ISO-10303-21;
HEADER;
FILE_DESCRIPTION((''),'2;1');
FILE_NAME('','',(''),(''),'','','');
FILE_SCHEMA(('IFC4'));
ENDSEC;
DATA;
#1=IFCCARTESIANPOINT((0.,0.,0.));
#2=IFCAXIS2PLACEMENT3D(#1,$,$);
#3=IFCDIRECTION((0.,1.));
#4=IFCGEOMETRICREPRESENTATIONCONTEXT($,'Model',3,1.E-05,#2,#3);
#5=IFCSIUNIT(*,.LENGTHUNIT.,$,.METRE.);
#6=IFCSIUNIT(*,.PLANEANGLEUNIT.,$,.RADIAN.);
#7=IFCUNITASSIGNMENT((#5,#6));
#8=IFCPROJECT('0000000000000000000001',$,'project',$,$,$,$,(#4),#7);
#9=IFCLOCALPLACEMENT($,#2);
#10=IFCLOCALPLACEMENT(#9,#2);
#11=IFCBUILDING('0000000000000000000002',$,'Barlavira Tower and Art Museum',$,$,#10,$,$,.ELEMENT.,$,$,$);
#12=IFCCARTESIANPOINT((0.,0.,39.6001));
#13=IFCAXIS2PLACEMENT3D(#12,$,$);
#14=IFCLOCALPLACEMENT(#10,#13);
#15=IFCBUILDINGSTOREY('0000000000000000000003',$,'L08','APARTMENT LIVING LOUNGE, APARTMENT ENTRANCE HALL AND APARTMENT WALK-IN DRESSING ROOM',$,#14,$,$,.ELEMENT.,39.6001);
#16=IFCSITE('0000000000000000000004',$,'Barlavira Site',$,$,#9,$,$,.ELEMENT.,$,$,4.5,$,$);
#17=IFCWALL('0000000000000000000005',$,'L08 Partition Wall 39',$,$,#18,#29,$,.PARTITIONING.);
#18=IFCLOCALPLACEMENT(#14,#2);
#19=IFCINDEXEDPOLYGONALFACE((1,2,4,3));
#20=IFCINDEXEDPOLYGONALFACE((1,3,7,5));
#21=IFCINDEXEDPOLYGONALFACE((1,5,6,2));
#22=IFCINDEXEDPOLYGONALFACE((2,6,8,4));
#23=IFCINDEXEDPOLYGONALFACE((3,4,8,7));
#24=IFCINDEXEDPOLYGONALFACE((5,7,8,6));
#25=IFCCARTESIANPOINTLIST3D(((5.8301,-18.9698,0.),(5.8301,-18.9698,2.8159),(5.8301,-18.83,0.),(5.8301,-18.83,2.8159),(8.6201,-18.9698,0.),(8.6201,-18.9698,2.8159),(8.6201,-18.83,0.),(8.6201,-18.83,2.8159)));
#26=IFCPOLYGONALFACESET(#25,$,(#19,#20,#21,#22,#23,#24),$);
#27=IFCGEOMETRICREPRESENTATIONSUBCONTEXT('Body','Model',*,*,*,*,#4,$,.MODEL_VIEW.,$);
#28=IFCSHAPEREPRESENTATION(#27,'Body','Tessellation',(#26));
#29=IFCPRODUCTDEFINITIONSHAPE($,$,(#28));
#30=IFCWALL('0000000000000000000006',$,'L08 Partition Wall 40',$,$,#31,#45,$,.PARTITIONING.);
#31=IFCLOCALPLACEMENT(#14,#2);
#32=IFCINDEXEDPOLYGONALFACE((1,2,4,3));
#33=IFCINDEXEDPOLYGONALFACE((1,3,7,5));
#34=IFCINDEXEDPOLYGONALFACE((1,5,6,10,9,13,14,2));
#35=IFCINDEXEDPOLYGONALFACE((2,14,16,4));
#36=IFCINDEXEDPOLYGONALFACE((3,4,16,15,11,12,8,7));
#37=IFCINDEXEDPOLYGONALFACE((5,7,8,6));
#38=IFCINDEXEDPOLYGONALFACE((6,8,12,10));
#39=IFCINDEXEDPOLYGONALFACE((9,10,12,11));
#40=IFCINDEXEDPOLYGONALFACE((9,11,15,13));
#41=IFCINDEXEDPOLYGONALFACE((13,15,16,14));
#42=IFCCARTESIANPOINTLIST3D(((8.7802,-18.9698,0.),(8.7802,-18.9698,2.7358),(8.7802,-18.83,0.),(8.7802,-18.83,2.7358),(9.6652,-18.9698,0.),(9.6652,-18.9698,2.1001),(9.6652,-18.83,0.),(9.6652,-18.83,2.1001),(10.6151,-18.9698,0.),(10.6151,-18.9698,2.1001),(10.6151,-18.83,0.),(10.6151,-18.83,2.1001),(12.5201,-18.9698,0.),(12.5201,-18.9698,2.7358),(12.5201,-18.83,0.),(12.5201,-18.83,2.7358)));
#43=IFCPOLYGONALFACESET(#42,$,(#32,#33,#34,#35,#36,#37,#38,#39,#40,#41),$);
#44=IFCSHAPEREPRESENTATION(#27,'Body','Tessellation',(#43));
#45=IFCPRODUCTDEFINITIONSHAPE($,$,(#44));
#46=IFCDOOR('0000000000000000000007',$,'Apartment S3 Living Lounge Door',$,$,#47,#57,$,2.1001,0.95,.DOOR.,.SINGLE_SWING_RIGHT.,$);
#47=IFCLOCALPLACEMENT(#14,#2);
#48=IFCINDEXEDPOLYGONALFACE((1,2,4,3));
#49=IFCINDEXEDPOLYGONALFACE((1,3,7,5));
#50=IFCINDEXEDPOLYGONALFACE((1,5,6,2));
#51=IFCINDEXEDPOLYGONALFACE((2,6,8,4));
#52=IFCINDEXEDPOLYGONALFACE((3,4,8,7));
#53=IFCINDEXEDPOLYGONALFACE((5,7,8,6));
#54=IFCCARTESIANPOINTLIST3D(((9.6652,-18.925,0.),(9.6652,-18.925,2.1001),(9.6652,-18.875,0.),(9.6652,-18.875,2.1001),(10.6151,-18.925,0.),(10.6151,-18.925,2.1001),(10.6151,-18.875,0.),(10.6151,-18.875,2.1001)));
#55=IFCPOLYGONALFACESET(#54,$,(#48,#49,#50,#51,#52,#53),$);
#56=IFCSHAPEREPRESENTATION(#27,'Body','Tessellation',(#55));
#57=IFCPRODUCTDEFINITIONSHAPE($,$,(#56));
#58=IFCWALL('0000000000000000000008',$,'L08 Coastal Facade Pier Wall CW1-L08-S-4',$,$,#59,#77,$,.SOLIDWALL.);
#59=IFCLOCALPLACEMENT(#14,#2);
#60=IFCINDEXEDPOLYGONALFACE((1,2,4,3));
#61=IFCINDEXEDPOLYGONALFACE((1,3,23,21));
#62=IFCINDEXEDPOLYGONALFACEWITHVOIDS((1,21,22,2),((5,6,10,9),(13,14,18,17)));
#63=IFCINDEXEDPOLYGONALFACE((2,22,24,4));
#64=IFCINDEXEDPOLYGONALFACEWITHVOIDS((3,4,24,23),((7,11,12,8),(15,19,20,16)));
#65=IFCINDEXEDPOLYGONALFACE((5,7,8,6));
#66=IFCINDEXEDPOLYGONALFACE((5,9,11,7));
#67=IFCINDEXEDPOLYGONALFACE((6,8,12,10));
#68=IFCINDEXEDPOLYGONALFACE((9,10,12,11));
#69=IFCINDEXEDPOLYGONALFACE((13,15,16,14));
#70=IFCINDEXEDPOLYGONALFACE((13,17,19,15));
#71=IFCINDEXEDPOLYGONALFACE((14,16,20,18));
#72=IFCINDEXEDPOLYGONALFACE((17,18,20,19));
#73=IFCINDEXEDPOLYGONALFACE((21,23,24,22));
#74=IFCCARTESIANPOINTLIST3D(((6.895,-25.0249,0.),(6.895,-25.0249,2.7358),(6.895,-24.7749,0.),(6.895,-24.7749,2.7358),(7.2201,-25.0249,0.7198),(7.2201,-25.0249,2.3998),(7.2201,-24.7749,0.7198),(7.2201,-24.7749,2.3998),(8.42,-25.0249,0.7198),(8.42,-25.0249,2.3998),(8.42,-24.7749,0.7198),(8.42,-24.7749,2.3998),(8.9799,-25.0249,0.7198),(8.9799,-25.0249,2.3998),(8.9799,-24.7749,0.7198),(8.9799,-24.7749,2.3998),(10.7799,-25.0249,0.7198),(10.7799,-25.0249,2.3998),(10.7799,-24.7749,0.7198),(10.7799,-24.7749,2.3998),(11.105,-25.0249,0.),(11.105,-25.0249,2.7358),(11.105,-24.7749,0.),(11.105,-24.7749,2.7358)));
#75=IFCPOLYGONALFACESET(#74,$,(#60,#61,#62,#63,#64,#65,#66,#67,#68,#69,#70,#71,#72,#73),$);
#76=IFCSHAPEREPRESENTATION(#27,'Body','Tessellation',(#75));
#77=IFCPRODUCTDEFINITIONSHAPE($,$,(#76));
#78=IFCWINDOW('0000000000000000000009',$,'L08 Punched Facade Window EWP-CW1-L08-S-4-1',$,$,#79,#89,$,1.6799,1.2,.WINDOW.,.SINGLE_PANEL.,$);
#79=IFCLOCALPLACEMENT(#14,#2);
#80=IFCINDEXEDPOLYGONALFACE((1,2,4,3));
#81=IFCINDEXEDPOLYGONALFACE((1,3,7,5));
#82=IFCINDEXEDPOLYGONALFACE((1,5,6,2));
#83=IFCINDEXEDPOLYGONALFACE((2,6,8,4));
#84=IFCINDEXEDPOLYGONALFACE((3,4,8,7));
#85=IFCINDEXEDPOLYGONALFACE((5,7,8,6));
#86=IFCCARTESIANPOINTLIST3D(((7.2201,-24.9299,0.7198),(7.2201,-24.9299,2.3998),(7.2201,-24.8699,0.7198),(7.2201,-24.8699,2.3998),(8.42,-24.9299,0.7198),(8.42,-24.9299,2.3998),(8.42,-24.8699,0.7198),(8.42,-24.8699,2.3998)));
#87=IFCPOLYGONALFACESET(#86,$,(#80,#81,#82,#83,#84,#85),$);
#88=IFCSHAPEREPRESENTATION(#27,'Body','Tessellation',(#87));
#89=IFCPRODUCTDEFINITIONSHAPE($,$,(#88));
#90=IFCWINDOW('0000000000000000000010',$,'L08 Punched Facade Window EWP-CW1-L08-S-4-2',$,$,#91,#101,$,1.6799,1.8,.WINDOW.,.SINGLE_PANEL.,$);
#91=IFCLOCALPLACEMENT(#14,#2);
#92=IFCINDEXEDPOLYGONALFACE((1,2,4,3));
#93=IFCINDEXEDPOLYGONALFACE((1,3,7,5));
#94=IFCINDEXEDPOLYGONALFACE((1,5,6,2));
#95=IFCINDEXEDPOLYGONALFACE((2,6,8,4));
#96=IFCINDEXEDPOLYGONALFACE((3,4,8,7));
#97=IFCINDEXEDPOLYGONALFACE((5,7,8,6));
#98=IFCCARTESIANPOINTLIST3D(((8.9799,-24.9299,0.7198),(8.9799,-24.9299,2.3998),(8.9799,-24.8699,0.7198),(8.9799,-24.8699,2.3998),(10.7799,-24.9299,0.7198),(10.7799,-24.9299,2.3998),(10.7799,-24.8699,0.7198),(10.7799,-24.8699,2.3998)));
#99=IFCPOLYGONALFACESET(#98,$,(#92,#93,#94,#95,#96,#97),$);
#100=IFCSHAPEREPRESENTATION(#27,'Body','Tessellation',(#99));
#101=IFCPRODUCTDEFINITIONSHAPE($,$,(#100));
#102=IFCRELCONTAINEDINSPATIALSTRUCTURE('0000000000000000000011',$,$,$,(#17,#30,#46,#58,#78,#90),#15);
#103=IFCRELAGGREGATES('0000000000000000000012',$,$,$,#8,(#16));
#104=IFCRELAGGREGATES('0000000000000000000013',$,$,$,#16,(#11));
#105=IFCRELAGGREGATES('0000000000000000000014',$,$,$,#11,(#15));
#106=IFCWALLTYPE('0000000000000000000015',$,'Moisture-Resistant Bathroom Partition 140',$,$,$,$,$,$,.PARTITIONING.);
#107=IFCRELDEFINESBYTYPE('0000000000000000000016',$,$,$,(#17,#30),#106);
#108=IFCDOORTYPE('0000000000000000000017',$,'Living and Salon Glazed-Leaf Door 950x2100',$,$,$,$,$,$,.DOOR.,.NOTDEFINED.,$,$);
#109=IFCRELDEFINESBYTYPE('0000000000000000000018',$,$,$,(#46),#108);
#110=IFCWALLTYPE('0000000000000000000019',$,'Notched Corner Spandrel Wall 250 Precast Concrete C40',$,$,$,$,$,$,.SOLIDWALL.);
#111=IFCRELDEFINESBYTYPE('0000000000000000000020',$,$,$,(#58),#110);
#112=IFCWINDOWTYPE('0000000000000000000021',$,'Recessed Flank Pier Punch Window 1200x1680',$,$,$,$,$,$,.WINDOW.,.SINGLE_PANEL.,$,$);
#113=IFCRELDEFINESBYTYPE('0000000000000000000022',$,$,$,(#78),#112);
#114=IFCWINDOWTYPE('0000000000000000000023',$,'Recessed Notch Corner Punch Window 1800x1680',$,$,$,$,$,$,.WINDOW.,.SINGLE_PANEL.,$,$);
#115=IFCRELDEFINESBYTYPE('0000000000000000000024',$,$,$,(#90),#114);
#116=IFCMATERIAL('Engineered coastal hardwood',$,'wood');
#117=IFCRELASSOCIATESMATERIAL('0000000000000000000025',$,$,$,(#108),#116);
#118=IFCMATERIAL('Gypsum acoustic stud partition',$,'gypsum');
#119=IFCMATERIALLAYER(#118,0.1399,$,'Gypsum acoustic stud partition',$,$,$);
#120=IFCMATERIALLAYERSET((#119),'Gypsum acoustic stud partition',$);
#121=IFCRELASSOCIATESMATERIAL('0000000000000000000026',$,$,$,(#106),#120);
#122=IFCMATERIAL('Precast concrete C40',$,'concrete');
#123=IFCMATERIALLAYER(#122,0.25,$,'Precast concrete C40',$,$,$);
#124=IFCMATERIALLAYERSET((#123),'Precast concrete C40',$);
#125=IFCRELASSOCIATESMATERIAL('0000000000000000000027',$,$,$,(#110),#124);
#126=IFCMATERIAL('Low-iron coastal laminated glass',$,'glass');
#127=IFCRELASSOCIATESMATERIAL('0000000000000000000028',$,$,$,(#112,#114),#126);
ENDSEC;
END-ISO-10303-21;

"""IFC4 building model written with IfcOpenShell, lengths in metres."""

from ifc_helpers import new_model, si_unit, direction, frame, frame_2d, origin, place, context, subcontext, project, spatial, rectangle, extrude, material, layer, layer_set, type_object, element, fill, save


model = new_model("IFC4")

# Units and contexts
model_context = context("Model", 3, precision=1e-05, world=origin(), true_north=direction((0.0, 1.0)))
body_context = subcontext(model_context, "Body", "Model", "MODEL_VIEW")
ifc_project = project(units=[si_unit("LENGTHUNIT", "METRE"), si_unit("PLANEANGLEUNIT", "RADIAN")], contexts=[model_context])

# Site, building, storey
site_placement = place(None, origin())
site = spatial("IfcSite", under=ifc_project, at=site_placement, Name="Barlavira Site", CompositionType="ELEMENT", RefElevation=4.5)
building_placement = place(site_placement, origin())
building = spatial("IfcBuilding", under=site, at=building_placement, Name="Barlavira Tower and Art Museum", CompositionType="ELEMENT")
storey_placement = place(building_placement, frame((0.0, 0.0, 39.6001)))
storey = spatial("IfcBuildingStorey", under=building, at=storey_placement, Name="L08", Description="APARTMENT LIVING LOUNGE, APARTMENT ENTRANCE HALL AND APARTMENT WALK-IN DRESSING ROOM", CompositionType="ELEMENT", Elevation=39.6001)

# Shared definitions
ifc_material_1 = material(Name="Low-iron coastal laminated glass", Category="glass")

# Shared definitions
ifc_material_2 = material(Name="Gypsum acoustic stud partition", Category="gypsum")
ifc_material_3 = material(Name="Engineered coastal hardwood", Category="wood")
door_type_1 = type_object("IfcDoorType", Name="Living and Salon Glazed-Leaf Door 950x2100", OperationType="NOTDEFINED", PredefinedType="DOOR", material=ifc_material_3)

# Wall
ifc_layer_1 = layer(ifc_material_2, 0.1399, Name="Gypsum acoustic stud partition")
ifc_layer_set_1 = layer_set([ifc_layer_1], Name="Gypsum acoustic stud partition")
wall_type_1 = type_object("IfcWallType", Name="Moisture-Resistant Bathroom Partition 140", PredefinedType="PARTITIONING", material=ifc_layer_set_1)
wall_1_placement = place(storey_placement, frame((5.8301, -18.8999, 0.0), z_axis=(0.0, 0.0, 1.0), x_axis=(1.0, 0.0, 0.0)))
element("IfcWall", 1, at=wall_1_placement, inside=storey, type_object=wall_type_1, Name="L08 Partition Wall 39", PredefinedType="PARTITIONING", context=body_context, shape_type="SweptSolid", body=[
    extrude(rectangle(XDim=2.79, YDim=0.1399, at=frame_2d((1.395, 0.0))), origin(), (0.0, 0.0, 1.0), 2.8159),
])

# Wall, opening, door
wall_2_placement = place(storey_placement, frame((8.78, -18.8999, 0.0), z_axis=(0.0, 0.0, 1.0), x_axis=(1.0, 0.0, 0.0)))
wall_2 = element("IfcWall", 2, at=wall_2_placement, inside=storey, type_object=wall_type_1, Name="L08 Partition Wall 40", PredefinedType="PARTITIONING", context=body_context, shape_type="SweptSolid", body=[
    extrude(rectangle(XDim=3.74, YDim=0.1399, at=frame_2d((1.8701, 0.0))), origin(), (0.0, 0.0, 1.0), 2.7358),
])
opening_1_placement = place(wall_2_placement, frame((0.885, 0.0, 0.0)))
opening_1 = element("IfcOpeningElement", 3, at=opening_1_placement, cuts=wall_2, PredefinedType="OPENING", context=body_context, shape_type="SweptSolid", body=[
    extrude(rectangle(XDim=0.95, YDim=2.1001, at=frame_2d((0.4751, 1.05))), frame((0.0, 0.0801, 0.0), z_axis=(0.0, -1.0, 0.0), x_axis=(1.0, 0.0, 0.0)), (0.0, 0.0, 1.0), 0.1599),
])
door_1_placement = place(opening_1_placement, origin())
door_1 = element("IfcDoor", 4, at=door_1_placement, inside=storey, type_object=door_type_1, Name="Apartment S3 Living Lounge Door", OperationType="SINGLE_SWING_RIGHT", OverallHeight=2.1001, OverallWidth=0.95, PredefinedType="DOOR", context=body_context, shape_type="SweptSolid", body=[
    extrude(rectangle(XDim=0.95, YDim=2.1001, at=frame_2d((0.4751, 1.05))), frame((0.0, 0.0249, 0.0), z_axis=(0.0, -1.0, 0.0), x_axis=(1.0, 0.0, 0.0)), (0.0, 0.0, 1.0), 0.05),
])
fill(opening_1, door_1)

# Wall, openings, windows
ifc_material_4 = material(Name="Precast concrete C40", Category="concrete")
ifc_layer_2 = layer(ifc_material_4, 0.25, Name="Precast concrete C40")
ifc_layer_set_2 = layer_set([ifc_layer_2], Name="Precast concrete C40")
wall_type_2 = type_object("IfcWallType", Name="Notched Corner Spandrel Wall 250 Precast Concrete C40", PredefinedType="SOLIDWALL", material=ifc_layer_set_2)
wall_3_placement = place(storey_placement, frame((6.895, -24.8999, 0.0), z_axis=(0.0, 0.0, 1.0), x_axis=(1.0, 0.0, 0.0)))
wall_3 = element("IfcWall", 5, at=wall_3_placement, inside=storey, type_object=wall_type_2, Name="L08 Coastal Facade Pier Wall CW1-L08-S-4", PredefinedType="SOLIDWALL", context=body_context, shape_type="SweptSolid", body=[
    extrude(rectangle(XDim=4.21, YDim=0.25, at=frame_2d((2.105, 0.0))), origin(), (0.0, 0.0, 1.0), 2.7358),
])
opening_2_placement = place(wall_3_placement, frame((0.325, 0.0, 0.72)))
opening_2 = element("IfcOpeningElement", 6, at=opening_2_placement, cuts=wall_3, PredefinedType="OPENING", context=body_context, shape_type="SweptSolid", body=[
    extrude(rectangle(XDim=1.2, YDim=1.6799, at=frame_2d((0.6001, 0.8398))), frame((0.0, 0.135, 0.0), z_axis=(0.0, -1.0, 0.0), x_axis=(1.0, 0.0, 0.0)), (0.0, 0.0, 1.0), 0.27),
])
opening_3_placement = place(wall_3_placement, frame((2.085, 0.0, 0.72)))
opening_3 = element("IfcOpeningElement", 7, at=opening_3_placement, cuts=wall_3, PredefinedType="OPENING", context=body_context, shape_type="SweptSolid", body=[
    extrude(rectangle(XDim=1.8, YDim=1.6799, at=frame_2d((0.8999, 0.8398))), frame((0.0, 0.135, 0.0), z_axis=(0.0, -1.0, 0.0), x_axis=(1.0, 0.0, 0.0)), (0.0, 0.0, 1.0), 0.27),
])
window_type_1 = type_object("IfcWindowType", Name="Recessed Flank Pier Punch Window 1200x1680", PartitioningType="SINGLE_PANEL", PredefinedType="WINDOW", material=ifc_material_1)
window_1_placement = place(opening_2_placement, origin())
window_1 = element("IfcWindow", 8, at=window_1_placement, inside=storey, type_object=window_type_1, Name="L08 Punched Facade Window EWP-CW1-L08-S-4-1", OverallHeight=1.6799, OverallWidth=1.2, PartitioningType="SINGLE_PANEL", PredefinedType="WINDOW", context=body_context, shape_type="SweptSolid", body=[
    extrude(rectangle(XDim=1.2, YDim=1.6799, at=frame_2d((0.6001, 0.8398))), frame((0.0, 0.03, 0.0), z_axis=(0.0, -1.0, 0.0), x_axis=(1.0, 0.0, 0.0)), (0.0, 0.0, 1.0), 0.0601),
])
fill(opening_2, window_1)
window_type_2 = type_object("IfcWindowType", Name="Recessed Notch Corner Punch Window 1800x1680", PartitioningType="SINGLE_PANEL", PredefinedType="WINDOW", material=ifc_material_1)
window_2_placement = place(opening_3_placement, origin())
window_2 = element("IfcWindow", 9, at=window_2_placement, inside=storey, type_object=window_type_2, Name="L08 Punched Facade Window EWP-CW1-L08-S-4-2", OverallHeight=1.6799, OverallWidth=1.8, PartitioningType="SINGLE_PANEL", PredefinedType="WINDOW", context=body_context, shape_type="SweptSolid", body=[
    extrude(rectangle(XDim=1.8, YDim=1.6799, at=frame_2d((0.8999, 0.8398))), frame((0.0, 0.03, 0.0), z_axis=(0.0, -1.0, 0.0), x_axis=(1.0, 0.0, 0.0)), (0.0, 0.0, 1.0), 0.0601),
])
fill(opening_3, window_2)

save(model, "model.ifc")
